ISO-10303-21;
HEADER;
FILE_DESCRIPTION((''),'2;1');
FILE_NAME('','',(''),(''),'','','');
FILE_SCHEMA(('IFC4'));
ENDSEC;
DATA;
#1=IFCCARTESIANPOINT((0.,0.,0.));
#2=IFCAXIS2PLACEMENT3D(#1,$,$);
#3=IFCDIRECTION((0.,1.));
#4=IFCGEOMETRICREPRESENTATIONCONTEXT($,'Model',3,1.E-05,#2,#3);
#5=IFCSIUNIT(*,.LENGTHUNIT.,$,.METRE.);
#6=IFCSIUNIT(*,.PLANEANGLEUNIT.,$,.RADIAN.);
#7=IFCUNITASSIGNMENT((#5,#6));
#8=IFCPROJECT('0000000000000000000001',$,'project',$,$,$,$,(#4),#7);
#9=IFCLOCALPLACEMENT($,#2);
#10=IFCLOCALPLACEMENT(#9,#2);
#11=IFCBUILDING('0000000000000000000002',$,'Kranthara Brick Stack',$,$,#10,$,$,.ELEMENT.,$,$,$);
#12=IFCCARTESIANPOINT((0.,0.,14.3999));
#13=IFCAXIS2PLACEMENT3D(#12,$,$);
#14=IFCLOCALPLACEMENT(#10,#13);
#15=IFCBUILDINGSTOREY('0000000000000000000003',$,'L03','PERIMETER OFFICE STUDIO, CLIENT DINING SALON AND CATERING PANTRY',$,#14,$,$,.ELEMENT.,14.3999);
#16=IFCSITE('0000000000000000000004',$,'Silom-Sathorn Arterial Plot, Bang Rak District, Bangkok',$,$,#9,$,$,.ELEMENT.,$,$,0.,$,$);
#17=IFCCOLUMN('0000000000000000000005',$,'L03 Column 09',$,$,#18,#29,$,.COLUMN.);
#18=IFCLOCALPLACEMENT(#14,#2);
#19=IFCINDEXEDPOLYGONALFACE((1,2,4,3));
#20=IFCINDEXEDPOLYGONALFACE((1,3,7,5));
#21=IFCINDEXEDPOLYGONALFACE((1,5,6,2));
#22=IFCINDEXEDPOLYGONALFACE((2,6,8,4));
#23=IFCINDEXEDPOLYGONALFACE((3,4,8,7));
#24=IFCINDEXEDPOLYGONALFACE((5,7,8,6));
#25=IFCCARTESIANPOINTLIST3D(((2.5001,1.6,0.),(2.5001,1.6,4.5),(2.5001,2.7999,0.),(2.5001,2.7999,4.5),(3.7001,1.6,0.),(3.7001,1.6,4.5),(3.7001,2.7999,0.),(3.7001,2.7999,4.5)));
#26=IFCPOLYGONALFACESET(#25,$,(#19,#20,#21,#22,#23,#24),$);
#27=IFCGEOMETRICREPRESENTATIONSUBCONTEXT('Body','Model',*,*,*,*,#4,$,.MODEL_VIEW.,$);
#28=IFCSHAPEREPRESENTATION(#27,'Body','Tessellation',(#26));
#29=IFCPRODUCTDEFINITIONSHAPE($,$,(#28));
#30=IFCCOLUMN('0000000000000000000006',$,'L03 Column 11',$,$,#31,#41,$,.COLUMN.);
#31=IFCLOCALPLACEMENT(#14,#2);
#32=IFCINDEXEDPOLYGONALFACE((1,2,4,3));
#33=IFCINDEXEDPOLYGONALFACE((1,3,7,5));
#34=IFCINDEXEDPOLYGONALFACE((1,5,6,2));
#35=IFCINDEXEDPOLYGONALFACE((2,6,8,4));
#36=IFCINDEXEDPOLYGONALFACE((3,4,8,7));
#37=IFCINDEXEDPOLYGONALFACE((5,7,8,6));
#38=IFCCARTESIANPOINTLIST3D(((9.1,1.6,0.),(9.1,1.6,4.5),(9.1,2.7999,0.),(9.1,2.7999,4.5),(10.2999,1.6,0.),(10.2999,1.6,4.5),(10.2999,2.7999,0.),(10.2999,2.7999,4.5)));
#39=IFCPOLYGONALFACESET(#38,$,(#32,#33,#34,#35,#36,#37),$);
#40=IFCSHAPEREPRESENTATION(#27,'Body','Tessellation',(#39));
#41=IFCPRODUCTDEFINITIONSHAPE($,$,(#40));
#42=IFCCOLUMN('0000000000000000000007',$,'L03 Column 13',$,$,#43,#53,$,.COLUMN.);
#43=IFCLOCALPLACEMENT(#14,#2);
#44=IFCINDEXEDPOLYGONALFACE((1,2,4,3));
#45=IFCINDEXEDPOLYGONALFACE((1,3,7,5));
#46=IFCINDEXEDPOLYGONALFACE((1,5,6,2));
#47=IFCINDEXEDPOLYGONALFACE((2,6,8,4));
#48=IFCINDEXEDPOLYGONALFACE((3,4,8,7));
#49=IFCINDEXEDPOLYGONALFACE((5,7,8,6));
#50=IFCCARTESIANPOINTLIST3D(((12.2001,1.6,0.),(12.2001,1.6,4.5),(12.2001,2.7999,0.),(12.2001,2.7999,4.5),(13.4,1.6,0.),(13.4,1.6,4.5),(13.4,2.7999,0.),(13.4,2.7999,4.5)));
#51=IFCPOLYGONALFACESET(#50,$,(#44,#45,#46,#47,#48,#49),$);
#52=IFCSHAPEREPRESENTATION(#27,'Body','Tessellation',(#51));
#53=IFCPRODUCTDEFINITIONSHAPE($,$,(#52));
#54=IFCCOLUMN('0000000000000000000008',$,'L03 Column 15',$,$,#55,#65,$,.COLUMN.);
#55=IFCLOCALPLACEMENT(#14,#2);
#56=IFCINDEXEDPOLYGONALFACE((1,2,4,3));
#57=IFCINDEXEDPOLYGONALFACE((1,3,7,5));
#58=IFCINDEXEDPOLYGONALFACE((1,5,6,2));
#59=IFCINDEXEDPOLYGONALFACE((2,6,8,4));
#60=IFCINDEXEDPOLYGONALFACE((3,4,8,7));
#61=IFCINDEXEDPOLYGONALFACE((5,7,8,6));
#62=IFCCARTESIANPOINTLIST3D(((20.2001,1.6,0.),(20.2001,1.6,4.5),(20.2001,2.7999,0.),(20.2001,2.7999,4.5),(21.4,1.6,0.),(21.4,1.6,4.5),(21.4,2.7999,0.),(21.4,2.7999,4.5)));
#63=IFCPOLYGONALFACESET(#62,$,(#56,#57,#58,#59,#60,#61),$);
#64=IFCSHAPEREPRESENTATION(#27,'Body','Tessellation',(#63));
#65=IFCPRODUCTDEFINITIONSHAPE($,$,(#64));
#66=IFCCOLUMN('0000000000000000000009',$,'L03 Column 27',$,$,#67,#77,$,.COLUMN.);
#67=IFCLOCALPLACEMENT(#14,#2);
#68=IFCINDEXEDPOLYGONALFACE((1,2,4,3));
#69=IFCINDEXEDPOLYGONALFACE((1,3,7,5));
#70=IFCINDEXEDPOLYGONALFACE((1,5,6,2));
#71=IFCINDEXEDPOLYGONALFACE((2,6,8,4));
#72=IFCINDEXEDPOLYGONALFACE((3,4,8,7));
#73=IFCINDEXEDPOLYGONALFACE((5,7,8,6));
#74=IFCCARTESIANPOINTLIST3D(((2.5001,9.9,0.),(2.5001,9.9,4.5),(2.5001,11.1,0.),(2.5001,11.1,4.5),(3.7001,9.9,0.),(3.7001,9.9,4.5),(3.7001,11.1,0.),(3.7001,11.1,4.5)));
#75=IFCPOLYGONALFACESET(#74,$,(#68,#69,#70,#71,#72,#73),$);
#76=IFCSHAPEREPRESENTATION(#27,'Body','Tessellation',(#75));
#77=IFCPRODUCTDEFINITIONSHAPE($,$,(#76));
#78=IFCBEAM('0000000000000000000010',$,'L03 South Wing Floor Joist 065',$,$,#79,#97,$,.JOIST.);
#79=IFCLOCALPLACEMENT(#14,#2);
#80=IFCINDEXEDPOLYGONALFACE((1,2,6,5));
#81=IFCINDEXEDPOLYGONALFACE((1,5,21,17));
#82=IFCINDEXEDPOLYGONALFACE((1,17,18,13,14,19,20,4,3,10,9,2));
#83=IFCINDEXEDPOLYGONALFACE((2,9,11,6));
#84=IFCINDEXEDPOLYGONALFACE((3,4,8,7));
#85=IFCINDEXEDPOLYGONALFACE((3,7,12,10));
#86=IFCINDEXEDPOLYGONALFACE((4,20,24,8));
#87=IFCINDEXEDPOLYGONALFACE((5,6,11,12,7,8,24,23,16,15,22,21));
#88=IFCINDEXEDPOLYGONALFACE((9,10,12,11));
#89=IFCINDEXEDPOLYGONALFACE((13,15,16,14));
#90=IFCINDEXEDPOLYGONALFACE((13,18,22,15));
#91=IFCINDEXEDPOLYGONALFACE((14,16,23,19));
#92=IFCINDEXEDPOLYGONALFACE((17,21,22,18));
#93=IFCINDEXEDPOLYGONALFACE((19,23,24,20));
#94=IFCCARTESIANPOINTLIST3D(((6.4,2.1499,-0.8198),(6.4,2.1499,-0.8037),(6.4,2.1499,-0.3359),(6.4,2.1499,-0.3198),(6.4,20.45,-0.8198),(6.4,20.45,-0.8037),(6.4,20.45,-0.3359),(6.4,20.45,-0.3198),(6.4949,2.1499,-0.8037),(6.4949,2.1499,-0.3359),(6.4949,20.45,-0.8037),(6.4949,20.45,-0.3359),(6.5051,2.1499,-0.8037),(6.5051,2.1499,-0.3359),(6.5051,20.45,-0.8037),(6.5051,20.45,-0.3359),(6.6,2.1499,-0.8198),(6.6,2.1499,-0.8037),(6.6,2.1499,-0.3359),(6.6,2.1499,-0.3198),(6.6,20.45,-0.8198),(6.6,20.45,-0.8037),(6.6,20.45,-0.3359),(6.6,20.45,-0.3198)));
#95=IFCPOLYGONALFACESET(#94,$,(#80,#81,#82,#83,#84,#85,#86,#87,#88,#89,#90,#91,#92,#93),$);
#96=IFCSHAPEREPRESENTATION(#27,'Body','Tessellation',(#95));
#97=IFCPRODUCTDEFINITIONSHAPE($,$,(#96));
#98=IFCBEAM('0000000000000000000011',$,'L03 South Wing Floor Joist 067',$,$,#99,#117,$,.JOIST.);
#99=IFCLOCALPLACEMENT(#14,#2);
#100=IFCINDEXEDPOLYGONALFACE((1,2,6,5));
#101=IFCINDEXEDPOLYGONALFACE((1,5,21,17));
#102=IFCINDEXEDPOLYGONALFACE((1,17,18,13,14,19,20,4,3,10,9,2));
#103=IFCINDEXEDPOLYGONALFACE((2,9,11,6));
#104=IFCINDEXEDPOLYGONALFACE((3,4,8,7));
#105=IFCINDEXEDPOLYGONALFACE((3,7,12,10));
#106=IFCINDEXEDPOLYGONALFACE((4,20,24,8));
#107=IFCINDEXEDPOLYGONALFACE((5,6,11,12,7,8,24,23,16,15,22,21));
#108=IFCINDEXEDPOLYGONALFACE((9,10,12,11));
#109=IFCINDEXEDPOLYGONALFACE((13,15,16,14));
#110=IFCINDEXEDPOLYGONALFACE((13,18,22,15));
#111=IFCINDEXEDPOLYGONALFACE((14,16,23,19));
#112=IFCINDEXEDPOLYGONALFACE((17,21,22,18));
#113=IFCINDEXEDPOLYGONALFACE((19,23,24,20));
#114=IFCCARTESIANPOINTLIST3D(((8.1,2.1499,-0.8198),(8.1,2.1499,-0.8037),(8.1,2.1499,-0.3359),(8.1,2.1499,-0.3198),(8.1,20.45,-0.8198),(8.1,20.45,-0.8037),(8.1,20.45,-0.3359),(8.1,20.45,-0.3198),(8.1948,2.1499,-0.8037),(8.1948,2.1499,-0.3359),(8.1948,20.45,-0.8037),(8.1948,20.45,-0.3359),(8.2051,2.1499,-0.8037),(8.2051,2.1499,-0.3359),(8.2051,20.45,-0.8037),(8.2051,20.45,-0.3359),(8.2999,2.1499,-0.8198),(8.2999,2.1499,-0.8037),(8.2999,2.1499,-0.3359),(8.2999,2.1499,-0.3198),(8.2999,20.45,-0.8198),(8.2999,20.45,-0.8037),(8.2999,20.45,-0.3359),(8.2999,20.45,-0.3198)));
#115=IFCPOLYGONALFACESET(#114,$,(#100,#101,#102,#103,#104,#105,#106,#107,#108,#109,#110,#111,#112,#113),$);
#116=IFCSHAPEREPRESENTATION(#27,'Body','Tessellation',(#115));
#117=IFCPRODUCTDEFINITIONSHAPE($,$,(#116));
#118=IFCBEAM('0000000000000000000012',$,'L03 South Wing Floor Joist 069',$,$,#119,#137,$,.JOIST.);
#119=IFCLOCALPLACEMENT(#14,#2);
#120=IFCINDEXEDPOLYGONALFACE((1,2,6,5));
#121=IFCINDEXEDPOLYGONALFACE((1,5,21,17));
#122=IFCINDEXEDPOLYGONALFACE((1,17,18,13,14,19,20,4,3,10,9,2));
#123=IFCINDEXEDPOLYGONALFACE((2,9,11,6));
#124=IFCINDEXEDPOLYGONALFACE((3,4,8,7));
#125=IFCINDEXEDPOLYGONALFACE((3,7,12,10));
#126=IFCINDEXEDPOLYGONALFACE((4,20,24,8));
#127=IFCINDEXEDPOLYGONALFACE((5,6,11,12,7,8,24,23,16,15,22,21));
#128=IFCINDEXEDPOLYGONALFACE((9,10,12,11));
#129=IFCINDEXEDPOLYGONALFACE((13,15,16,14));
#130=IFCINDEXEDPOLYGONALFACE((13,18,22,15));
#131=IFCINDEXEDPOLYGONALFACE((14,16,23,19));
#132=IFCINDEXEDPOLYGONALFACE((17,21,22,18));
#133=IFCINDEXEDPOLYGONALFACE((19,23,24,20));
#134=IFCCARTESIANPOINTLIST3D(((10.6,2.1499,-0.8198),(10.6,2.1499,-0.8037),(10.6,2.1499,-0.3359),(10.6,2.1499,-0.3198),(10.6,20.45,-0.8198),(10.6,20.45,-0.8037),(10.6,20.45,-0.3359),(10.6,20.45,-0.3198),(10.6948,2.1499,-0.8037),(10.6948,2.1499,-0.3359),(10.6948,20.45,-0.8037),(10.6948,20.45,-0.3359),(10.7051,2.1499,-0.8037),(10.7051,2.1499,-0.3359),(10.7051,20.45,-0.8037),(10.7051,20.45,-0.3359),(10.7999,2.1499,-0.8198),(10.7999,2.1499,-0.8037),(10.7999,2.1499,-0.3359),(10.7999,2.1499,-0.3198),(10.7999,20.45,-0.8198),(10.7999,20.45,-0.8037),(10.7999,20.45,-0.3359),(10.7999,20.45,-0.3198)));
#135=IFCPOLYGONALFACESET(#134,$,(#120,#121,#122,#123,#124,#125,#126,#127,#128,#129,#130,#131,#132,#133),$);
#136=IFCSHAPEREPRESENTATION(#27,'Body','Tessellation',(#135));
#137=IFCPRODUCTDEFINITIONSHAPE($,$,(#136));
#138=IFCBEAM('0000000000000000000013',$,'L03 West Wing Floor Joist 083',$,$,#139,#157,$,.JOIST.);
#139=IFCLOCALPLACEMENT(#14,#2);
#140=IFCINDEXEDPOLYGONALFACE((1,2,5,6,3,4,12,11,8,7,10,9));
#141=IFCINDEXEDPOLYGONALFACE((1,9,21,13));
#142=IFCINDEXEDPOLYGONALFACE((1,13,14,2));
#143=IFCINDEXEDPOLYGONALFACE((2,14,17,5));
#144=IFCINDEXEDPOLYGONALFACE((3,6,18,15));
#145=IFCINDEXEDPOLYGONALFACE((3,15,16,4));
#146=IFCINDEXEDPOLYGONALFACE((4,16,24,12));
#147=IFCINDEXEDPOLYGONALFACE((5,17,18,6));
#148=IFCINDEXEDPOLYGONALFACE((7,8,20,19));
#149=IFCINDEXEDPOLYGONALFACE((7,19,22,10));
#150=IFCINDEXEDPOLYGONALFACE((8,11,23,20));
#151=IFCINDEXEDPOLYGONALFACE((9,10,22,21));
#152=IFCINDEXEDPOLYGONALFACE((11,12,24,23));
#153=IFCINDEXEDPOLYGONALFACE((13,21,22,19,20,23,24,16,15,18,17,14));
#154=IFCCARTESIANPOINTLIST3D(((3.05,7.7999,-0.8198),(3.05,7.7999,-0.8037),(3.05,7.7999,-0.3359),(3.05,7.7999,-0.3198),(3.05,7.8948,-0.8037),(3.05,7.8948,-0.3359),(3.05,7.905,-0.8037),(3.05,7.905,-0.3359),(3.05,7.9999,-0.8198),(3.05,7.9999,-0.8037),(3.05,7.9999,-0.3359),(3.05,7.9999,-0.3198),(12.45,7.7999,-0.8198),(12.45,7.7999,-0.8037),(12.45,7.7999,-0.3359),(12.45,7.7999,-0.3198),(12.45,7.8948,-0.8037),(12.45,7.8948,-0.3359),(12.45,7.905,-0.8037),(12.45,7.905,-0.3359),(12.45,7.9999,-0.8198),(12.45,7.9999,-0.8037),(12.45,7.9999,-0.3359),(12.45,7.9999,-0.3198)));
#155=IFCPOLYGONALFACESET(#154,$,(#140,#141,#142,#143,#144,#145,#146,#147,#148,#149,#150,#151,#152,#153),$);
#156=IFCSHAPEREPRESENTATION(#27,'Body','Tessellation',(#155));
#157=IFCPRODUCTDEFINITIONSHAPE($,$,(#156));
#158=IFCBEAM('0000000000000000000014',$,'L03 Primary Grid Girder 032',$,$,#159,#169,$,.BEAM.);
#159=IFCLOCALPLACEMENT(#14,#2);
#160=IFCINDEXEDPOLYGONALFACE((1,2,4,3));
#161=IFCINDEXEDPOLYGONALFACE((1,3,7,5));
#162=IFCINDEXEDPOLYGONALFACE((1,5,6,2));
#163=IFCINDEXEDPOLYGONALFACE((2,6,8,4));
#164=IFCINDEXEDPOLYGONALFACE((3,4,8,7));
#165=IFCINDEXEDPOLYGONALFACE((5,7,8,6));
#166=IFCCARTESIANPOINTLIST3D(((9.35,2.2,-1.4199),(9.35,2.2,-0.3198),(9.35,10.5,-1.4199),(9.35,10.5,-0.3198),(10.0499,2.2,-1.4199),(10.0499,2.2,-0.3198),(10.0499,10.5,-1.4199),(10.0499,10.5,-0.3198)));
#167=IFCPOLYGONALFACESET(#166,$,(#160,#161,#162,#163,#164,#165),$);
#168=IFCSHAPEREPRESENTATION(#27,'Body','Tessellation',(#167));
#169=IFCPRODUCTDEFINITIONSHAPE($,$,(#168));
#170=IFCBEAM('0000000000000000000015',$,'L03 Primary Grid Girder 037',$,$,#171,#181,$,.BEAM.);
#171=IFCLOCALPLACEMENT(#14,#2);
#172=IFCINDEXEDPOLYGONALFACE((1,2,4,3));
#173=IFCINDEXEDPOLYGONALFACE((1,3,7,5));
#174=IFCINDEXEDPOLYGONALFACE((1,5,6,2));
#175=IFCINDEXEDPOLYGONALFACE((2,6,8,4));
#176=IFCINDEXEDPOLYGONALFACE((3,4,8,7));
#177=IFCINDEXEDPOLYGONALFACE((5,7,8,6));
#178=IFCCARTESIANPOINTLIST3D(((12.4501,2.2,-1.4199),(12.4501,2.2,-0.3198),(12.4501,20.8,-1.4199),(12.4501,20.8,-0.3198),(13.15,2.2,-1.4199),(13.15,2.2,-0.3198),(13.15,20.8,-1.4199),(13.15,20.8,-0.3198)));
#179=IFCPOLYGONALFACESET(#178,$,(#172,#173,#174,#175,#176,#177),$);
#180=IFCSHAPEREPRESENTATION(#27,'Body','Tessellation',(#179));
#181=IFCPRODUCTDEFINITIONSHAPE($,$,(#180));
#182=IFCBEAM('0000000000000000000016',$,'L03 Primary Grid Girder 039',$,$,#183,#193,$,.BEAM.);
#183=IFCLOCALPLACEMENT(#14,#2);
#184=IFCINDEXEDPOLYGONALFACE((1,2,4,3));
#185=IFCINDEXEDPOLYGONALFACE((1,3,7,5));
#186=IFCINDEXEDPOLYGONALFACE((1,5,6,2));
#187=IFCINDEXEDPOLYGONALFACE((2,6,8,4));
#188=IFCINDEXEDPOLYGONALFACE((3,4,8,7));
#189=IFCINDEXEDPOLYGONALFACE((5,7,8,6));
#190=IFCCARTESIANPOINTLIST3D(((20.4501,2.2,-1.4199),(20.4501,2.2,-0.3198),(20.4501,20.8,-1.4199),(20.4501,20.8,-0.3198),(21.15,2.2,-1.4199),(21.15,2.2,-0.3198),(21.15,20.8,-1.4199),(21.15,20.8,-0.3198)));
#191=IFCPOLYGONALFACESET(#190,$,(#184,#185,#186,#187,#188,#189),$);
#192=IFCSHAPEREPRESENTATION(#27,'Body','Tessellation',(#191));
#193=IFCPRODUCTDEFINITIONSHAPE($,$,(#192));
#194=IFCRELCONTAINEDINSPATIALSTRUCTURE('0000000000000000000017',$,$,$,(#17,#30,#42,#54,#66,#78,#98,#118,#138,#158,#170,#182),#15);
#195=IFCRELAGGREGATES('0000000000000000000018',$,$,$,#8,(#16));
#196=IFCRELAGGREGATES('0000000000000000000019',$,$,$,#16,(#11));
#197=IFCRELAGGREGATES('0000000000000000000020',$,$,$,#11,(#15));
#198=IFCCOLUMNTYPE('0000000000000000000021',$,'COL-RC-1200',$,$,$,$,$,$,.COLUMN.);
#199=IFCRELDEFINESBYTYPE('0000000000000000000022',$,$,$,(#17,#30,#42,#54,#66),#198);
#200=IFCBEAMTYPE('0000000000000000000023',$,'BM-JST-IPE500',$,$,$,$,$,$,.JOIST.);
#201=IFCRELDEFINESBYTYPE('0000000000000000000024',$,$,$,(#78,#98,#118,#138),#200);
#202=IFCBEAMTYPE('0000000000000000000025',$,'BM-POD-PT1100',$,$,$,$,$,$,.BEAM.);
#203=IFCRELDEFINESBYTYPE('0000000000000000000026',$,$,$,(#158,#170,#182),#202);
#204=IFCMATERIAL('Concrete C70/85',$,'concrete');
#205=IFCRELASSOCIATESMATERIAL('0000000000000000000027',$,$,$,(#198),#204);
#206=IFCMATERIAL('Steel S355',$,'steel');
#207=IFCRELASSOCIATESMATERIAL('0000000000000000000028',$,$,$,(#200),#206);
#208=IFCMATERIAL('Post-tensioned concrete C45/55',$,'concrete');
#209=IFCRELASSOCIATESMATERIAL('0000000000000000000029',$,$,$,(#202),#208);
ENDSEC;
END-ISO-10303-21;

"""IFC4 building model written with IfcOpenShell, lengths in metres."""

from ifc_helpers import new_model, si_unit, direction, frame, origin, origin_2d, place, context, subcontext, project, spatial, rectangle, i_section, extrude, material, material_profile, profile_set, type_object, element, save


model = new_model("IFC4")

# Units and contexts
model_context = context("Model", 3, precision=1e-05, world=origin(), true_north=direction((0.0, 1.0)))
body_context = subcontext(model_context, "Body", "Model", "MODEL_VIEW")
ifc_project = project(units=[si_unit("LENGTHUNIT", "METRE"), si_unit("PLANEANGLEUNIT", "RADIAN")], contexts=[model_context])

# Site, building, storey
site_placement = place(None, origin())
site = spatial("IfcSite", under=ifc_project, at=site_placement, Name="Silom-Sathorn Arterial Plot, Bang Rak District, Bangkok", CompositionType="ELEMENT", RefElevation=0.0)
building_placement = place(site_placement, origin())
building = spatial("IfcBuilding", under=site, at=building_placement, Name="Kranthara Brick Stack", CompositionType="ELEMENT")
storey_placement = place(building_placement, frame((0.0, 0.0, 14.3999)))
storey = spatial("IfcBuildingStorey", under=building, at=storey_placement, Name="L03", Description="PERIMETER OFFICE STUDIO, CLIENT DINING SALON AND CATERING PANTRY", CompositionType="ELEMENT", Elevation=14.3999)

# Columns
ifc_material_1 = material(Name="Concrete C70/85", Category="concrete")
ifc_material_profile_1 = material_profile(ifc_material_1, rectangle(XDim=1.2, YDim=1.2, at=origin_2d()), Name="RC 1200x1200")
ifc_profile_set_1 = profile_set([ifc_material_profile_1], Name="Concrete C70/85")
column_type = type_object("IfcColumnType", Name="COL-RC-1200", PredefinedType="COLUMN", material=ifc_profile_set_1)
for number, where, z_axis, x_axis, name in (
    (1, (3.1001, 2.2, 0.0), (0.0, 0.0, 1.0), (1.0, 0.0, 0.0), "L03 Column 09"),
    (2, (9.7, 2.2, 0.0), (0.0, 0.0, 1.0), (1.0, 0.0, 0.0), "L03 Column 11"),
    (3, (12.8, 2.2, 0.0), (0.0, 0.0, 1.0), (1.0, 0.0, 0.0), "L03 Column 13"),
    (4, (20.8, 2.2, 0.0), (0.0, 0.0, 1.0), (1.0, 0.0, 0.0), "L03 Column 15"),
    (5, (3.1001, 10.5, 0.0), (0.0, 0.0, 1.0), (1.0, 0.0, 0.0), "L03 Column 27"),
):
    element("IfcColumn", number, at=place(storey_placement, frame(where, z_axis=z_axis, x_axis=x_axis)), inside=storey, type_object=column_type, Name=name, PredefinedType="COLUMN", context=body_context, shape_type="SweptSolid", body=[
        extrude(rectangle(XDim=1.2, YDim=1.2, at=origin_2d()), origin(), (0.0, 0.0, 1.0), 4.5),
    ])

# Beams
ifc_material_2 = material(Name="Steel S355", Category="steel")
ifc_material_profile_2 = material_profile(ifc_material_2, i_section(OverallWidth=0.2, OverallDepth=0.5, WebThickness=0.0103, FlangeThickness=0.0161, at=origin_2d()), Name="IPE 500")
ifc_profile_set_2 = profile_set([ifc_material_profile_2], Name="Steel S355")
beam_type_1 = type_object("IfcBeamType", Name="BM-JST-IPE500", PredefinedType="JOIST", material=ifc_profile_set_2)
for number, where, z_axis, x_axis, name in (
    (6, (6.5, 2.1499, -0.5698), (0.0, 1.0, 0.0), (-1.0, 0.0, 0.0), "L03 South Wing Floor Joist 065"),
    (7, (8.2, 2.1499, -0.5698), (0.0, 1.0, 0.0), (-1.0, 0.0, 0.0), "L03 South Wing Floor Joist 067"),
    (8, (10.7, 2.1499, -0.5698), (0.0, 1.0, 0.0), (-1.0, 0.0, 0.0), "L03 South Wing Floor Joist 069"),
):
    element("IfcBeam", number, at=place(storey_placement, frame(where, z_axis=z_axis, x_axis=x_axis)), inside=storey, type_object=beam_type_1, Name=name, PredefinedType="JOIST", context=body_context, shape_type="SweptSolid", body=[
        extrude(i_section(OverallWidth=0.2, OverallDepth=0.5, WebThickness=0.0103, FlangeThickness=0.0161, at=origin_2d()), origin(), (0.0, 0.0, 1.0), 18.3),
    ])
beam_1_placement = place(storey_placement, frame((3.05, 7.8999, -0.5698), z_axis=(1.0, 0.0, 0.0), x_axis=(0.0, 1.0, 0.0)))
element("IfcBeam", 9, at=beam_1_placement, inside=storey, type_object=beam_type_1, Name="L03 West Wing Floor Joist 083", PredefinedType="JOIST", context=body_context, shape_type="SweptSolid", body=[
    extrude(i_section(OverallWidth=0.2, OverallDepth=0.5, WebThickness=0.0103, FlangeThickness=0.0161, at=origin_2d()), origin(), (0.0, 0.0, 1.0), 9.3999),
])
ifc_material_3 = material(Name="Post-tensioned concrete C45/55", Category="concrete")
ifc_material_profile_3 = material_profile(ifc_material_3, rectangle(XDim=0.7, YDim=1.1001, at=origin_2d()), Name="PT 700x1100")
ifc_profile_set_3 = profile_set([ifc_material_profile_3], Name="Post-tensioned concrete C45/55")
beam_type_2 = type_object("IfcBeamType", Name="BM-POD-PT1100", PredefinedType="BEAM", material=ifc_profile_set_3)
beam_2_placement = place(storey_placement, frame((9.7, 2.2, -0.8699), z_axis=(0.0, 1.0, 0.0), x_axis=(-1.0, 0.0, 0.0)))
element("IfcBeam", 10, at=beam_2_placement, inside=storey, type_object=beam_type_2, Name="L03 Primary Grid Girder 032", PredefinedType="BEAM", context=body_context, shape_type="SweptSolid", body=[
    extrude(rectangle(XDim=0.7, YDim=1.1001, at=origin_2d()), origin(), (0.0, 0.0, 1.0), 8.3),
])
for number, where, z_axis, x_axis, name in (
    (11, (12.8, 2.2, -0.8699), (0.0, 1.0, 0.0), (-1.0, 0.0, 0.0), "L03 Primary Grid Girder 037"),
    (12, (20.8, 2.2, -0.8699), (0.0, 1.0, 0.0), (-1.0, 0.0, 0.0), "L03 Primary Grid Girder 039"),
):
    element("IfcBeam", number, at=place(storey_placement, frame(where, z_axis=z_axis, x_axis=x_axis)), inside=storey, type_object=beam_type_2, Name=name, PredefinedType="BEAM", context=body_context, shape_type="SweptSolid", body=[
        extrude(rectangle(XDim=0.7, YDim=1.1001, at=origin_2d()), origin(), (0.0, 0.0, 1.0), 18.6001),
    ])

save(model, "model.ifc")
